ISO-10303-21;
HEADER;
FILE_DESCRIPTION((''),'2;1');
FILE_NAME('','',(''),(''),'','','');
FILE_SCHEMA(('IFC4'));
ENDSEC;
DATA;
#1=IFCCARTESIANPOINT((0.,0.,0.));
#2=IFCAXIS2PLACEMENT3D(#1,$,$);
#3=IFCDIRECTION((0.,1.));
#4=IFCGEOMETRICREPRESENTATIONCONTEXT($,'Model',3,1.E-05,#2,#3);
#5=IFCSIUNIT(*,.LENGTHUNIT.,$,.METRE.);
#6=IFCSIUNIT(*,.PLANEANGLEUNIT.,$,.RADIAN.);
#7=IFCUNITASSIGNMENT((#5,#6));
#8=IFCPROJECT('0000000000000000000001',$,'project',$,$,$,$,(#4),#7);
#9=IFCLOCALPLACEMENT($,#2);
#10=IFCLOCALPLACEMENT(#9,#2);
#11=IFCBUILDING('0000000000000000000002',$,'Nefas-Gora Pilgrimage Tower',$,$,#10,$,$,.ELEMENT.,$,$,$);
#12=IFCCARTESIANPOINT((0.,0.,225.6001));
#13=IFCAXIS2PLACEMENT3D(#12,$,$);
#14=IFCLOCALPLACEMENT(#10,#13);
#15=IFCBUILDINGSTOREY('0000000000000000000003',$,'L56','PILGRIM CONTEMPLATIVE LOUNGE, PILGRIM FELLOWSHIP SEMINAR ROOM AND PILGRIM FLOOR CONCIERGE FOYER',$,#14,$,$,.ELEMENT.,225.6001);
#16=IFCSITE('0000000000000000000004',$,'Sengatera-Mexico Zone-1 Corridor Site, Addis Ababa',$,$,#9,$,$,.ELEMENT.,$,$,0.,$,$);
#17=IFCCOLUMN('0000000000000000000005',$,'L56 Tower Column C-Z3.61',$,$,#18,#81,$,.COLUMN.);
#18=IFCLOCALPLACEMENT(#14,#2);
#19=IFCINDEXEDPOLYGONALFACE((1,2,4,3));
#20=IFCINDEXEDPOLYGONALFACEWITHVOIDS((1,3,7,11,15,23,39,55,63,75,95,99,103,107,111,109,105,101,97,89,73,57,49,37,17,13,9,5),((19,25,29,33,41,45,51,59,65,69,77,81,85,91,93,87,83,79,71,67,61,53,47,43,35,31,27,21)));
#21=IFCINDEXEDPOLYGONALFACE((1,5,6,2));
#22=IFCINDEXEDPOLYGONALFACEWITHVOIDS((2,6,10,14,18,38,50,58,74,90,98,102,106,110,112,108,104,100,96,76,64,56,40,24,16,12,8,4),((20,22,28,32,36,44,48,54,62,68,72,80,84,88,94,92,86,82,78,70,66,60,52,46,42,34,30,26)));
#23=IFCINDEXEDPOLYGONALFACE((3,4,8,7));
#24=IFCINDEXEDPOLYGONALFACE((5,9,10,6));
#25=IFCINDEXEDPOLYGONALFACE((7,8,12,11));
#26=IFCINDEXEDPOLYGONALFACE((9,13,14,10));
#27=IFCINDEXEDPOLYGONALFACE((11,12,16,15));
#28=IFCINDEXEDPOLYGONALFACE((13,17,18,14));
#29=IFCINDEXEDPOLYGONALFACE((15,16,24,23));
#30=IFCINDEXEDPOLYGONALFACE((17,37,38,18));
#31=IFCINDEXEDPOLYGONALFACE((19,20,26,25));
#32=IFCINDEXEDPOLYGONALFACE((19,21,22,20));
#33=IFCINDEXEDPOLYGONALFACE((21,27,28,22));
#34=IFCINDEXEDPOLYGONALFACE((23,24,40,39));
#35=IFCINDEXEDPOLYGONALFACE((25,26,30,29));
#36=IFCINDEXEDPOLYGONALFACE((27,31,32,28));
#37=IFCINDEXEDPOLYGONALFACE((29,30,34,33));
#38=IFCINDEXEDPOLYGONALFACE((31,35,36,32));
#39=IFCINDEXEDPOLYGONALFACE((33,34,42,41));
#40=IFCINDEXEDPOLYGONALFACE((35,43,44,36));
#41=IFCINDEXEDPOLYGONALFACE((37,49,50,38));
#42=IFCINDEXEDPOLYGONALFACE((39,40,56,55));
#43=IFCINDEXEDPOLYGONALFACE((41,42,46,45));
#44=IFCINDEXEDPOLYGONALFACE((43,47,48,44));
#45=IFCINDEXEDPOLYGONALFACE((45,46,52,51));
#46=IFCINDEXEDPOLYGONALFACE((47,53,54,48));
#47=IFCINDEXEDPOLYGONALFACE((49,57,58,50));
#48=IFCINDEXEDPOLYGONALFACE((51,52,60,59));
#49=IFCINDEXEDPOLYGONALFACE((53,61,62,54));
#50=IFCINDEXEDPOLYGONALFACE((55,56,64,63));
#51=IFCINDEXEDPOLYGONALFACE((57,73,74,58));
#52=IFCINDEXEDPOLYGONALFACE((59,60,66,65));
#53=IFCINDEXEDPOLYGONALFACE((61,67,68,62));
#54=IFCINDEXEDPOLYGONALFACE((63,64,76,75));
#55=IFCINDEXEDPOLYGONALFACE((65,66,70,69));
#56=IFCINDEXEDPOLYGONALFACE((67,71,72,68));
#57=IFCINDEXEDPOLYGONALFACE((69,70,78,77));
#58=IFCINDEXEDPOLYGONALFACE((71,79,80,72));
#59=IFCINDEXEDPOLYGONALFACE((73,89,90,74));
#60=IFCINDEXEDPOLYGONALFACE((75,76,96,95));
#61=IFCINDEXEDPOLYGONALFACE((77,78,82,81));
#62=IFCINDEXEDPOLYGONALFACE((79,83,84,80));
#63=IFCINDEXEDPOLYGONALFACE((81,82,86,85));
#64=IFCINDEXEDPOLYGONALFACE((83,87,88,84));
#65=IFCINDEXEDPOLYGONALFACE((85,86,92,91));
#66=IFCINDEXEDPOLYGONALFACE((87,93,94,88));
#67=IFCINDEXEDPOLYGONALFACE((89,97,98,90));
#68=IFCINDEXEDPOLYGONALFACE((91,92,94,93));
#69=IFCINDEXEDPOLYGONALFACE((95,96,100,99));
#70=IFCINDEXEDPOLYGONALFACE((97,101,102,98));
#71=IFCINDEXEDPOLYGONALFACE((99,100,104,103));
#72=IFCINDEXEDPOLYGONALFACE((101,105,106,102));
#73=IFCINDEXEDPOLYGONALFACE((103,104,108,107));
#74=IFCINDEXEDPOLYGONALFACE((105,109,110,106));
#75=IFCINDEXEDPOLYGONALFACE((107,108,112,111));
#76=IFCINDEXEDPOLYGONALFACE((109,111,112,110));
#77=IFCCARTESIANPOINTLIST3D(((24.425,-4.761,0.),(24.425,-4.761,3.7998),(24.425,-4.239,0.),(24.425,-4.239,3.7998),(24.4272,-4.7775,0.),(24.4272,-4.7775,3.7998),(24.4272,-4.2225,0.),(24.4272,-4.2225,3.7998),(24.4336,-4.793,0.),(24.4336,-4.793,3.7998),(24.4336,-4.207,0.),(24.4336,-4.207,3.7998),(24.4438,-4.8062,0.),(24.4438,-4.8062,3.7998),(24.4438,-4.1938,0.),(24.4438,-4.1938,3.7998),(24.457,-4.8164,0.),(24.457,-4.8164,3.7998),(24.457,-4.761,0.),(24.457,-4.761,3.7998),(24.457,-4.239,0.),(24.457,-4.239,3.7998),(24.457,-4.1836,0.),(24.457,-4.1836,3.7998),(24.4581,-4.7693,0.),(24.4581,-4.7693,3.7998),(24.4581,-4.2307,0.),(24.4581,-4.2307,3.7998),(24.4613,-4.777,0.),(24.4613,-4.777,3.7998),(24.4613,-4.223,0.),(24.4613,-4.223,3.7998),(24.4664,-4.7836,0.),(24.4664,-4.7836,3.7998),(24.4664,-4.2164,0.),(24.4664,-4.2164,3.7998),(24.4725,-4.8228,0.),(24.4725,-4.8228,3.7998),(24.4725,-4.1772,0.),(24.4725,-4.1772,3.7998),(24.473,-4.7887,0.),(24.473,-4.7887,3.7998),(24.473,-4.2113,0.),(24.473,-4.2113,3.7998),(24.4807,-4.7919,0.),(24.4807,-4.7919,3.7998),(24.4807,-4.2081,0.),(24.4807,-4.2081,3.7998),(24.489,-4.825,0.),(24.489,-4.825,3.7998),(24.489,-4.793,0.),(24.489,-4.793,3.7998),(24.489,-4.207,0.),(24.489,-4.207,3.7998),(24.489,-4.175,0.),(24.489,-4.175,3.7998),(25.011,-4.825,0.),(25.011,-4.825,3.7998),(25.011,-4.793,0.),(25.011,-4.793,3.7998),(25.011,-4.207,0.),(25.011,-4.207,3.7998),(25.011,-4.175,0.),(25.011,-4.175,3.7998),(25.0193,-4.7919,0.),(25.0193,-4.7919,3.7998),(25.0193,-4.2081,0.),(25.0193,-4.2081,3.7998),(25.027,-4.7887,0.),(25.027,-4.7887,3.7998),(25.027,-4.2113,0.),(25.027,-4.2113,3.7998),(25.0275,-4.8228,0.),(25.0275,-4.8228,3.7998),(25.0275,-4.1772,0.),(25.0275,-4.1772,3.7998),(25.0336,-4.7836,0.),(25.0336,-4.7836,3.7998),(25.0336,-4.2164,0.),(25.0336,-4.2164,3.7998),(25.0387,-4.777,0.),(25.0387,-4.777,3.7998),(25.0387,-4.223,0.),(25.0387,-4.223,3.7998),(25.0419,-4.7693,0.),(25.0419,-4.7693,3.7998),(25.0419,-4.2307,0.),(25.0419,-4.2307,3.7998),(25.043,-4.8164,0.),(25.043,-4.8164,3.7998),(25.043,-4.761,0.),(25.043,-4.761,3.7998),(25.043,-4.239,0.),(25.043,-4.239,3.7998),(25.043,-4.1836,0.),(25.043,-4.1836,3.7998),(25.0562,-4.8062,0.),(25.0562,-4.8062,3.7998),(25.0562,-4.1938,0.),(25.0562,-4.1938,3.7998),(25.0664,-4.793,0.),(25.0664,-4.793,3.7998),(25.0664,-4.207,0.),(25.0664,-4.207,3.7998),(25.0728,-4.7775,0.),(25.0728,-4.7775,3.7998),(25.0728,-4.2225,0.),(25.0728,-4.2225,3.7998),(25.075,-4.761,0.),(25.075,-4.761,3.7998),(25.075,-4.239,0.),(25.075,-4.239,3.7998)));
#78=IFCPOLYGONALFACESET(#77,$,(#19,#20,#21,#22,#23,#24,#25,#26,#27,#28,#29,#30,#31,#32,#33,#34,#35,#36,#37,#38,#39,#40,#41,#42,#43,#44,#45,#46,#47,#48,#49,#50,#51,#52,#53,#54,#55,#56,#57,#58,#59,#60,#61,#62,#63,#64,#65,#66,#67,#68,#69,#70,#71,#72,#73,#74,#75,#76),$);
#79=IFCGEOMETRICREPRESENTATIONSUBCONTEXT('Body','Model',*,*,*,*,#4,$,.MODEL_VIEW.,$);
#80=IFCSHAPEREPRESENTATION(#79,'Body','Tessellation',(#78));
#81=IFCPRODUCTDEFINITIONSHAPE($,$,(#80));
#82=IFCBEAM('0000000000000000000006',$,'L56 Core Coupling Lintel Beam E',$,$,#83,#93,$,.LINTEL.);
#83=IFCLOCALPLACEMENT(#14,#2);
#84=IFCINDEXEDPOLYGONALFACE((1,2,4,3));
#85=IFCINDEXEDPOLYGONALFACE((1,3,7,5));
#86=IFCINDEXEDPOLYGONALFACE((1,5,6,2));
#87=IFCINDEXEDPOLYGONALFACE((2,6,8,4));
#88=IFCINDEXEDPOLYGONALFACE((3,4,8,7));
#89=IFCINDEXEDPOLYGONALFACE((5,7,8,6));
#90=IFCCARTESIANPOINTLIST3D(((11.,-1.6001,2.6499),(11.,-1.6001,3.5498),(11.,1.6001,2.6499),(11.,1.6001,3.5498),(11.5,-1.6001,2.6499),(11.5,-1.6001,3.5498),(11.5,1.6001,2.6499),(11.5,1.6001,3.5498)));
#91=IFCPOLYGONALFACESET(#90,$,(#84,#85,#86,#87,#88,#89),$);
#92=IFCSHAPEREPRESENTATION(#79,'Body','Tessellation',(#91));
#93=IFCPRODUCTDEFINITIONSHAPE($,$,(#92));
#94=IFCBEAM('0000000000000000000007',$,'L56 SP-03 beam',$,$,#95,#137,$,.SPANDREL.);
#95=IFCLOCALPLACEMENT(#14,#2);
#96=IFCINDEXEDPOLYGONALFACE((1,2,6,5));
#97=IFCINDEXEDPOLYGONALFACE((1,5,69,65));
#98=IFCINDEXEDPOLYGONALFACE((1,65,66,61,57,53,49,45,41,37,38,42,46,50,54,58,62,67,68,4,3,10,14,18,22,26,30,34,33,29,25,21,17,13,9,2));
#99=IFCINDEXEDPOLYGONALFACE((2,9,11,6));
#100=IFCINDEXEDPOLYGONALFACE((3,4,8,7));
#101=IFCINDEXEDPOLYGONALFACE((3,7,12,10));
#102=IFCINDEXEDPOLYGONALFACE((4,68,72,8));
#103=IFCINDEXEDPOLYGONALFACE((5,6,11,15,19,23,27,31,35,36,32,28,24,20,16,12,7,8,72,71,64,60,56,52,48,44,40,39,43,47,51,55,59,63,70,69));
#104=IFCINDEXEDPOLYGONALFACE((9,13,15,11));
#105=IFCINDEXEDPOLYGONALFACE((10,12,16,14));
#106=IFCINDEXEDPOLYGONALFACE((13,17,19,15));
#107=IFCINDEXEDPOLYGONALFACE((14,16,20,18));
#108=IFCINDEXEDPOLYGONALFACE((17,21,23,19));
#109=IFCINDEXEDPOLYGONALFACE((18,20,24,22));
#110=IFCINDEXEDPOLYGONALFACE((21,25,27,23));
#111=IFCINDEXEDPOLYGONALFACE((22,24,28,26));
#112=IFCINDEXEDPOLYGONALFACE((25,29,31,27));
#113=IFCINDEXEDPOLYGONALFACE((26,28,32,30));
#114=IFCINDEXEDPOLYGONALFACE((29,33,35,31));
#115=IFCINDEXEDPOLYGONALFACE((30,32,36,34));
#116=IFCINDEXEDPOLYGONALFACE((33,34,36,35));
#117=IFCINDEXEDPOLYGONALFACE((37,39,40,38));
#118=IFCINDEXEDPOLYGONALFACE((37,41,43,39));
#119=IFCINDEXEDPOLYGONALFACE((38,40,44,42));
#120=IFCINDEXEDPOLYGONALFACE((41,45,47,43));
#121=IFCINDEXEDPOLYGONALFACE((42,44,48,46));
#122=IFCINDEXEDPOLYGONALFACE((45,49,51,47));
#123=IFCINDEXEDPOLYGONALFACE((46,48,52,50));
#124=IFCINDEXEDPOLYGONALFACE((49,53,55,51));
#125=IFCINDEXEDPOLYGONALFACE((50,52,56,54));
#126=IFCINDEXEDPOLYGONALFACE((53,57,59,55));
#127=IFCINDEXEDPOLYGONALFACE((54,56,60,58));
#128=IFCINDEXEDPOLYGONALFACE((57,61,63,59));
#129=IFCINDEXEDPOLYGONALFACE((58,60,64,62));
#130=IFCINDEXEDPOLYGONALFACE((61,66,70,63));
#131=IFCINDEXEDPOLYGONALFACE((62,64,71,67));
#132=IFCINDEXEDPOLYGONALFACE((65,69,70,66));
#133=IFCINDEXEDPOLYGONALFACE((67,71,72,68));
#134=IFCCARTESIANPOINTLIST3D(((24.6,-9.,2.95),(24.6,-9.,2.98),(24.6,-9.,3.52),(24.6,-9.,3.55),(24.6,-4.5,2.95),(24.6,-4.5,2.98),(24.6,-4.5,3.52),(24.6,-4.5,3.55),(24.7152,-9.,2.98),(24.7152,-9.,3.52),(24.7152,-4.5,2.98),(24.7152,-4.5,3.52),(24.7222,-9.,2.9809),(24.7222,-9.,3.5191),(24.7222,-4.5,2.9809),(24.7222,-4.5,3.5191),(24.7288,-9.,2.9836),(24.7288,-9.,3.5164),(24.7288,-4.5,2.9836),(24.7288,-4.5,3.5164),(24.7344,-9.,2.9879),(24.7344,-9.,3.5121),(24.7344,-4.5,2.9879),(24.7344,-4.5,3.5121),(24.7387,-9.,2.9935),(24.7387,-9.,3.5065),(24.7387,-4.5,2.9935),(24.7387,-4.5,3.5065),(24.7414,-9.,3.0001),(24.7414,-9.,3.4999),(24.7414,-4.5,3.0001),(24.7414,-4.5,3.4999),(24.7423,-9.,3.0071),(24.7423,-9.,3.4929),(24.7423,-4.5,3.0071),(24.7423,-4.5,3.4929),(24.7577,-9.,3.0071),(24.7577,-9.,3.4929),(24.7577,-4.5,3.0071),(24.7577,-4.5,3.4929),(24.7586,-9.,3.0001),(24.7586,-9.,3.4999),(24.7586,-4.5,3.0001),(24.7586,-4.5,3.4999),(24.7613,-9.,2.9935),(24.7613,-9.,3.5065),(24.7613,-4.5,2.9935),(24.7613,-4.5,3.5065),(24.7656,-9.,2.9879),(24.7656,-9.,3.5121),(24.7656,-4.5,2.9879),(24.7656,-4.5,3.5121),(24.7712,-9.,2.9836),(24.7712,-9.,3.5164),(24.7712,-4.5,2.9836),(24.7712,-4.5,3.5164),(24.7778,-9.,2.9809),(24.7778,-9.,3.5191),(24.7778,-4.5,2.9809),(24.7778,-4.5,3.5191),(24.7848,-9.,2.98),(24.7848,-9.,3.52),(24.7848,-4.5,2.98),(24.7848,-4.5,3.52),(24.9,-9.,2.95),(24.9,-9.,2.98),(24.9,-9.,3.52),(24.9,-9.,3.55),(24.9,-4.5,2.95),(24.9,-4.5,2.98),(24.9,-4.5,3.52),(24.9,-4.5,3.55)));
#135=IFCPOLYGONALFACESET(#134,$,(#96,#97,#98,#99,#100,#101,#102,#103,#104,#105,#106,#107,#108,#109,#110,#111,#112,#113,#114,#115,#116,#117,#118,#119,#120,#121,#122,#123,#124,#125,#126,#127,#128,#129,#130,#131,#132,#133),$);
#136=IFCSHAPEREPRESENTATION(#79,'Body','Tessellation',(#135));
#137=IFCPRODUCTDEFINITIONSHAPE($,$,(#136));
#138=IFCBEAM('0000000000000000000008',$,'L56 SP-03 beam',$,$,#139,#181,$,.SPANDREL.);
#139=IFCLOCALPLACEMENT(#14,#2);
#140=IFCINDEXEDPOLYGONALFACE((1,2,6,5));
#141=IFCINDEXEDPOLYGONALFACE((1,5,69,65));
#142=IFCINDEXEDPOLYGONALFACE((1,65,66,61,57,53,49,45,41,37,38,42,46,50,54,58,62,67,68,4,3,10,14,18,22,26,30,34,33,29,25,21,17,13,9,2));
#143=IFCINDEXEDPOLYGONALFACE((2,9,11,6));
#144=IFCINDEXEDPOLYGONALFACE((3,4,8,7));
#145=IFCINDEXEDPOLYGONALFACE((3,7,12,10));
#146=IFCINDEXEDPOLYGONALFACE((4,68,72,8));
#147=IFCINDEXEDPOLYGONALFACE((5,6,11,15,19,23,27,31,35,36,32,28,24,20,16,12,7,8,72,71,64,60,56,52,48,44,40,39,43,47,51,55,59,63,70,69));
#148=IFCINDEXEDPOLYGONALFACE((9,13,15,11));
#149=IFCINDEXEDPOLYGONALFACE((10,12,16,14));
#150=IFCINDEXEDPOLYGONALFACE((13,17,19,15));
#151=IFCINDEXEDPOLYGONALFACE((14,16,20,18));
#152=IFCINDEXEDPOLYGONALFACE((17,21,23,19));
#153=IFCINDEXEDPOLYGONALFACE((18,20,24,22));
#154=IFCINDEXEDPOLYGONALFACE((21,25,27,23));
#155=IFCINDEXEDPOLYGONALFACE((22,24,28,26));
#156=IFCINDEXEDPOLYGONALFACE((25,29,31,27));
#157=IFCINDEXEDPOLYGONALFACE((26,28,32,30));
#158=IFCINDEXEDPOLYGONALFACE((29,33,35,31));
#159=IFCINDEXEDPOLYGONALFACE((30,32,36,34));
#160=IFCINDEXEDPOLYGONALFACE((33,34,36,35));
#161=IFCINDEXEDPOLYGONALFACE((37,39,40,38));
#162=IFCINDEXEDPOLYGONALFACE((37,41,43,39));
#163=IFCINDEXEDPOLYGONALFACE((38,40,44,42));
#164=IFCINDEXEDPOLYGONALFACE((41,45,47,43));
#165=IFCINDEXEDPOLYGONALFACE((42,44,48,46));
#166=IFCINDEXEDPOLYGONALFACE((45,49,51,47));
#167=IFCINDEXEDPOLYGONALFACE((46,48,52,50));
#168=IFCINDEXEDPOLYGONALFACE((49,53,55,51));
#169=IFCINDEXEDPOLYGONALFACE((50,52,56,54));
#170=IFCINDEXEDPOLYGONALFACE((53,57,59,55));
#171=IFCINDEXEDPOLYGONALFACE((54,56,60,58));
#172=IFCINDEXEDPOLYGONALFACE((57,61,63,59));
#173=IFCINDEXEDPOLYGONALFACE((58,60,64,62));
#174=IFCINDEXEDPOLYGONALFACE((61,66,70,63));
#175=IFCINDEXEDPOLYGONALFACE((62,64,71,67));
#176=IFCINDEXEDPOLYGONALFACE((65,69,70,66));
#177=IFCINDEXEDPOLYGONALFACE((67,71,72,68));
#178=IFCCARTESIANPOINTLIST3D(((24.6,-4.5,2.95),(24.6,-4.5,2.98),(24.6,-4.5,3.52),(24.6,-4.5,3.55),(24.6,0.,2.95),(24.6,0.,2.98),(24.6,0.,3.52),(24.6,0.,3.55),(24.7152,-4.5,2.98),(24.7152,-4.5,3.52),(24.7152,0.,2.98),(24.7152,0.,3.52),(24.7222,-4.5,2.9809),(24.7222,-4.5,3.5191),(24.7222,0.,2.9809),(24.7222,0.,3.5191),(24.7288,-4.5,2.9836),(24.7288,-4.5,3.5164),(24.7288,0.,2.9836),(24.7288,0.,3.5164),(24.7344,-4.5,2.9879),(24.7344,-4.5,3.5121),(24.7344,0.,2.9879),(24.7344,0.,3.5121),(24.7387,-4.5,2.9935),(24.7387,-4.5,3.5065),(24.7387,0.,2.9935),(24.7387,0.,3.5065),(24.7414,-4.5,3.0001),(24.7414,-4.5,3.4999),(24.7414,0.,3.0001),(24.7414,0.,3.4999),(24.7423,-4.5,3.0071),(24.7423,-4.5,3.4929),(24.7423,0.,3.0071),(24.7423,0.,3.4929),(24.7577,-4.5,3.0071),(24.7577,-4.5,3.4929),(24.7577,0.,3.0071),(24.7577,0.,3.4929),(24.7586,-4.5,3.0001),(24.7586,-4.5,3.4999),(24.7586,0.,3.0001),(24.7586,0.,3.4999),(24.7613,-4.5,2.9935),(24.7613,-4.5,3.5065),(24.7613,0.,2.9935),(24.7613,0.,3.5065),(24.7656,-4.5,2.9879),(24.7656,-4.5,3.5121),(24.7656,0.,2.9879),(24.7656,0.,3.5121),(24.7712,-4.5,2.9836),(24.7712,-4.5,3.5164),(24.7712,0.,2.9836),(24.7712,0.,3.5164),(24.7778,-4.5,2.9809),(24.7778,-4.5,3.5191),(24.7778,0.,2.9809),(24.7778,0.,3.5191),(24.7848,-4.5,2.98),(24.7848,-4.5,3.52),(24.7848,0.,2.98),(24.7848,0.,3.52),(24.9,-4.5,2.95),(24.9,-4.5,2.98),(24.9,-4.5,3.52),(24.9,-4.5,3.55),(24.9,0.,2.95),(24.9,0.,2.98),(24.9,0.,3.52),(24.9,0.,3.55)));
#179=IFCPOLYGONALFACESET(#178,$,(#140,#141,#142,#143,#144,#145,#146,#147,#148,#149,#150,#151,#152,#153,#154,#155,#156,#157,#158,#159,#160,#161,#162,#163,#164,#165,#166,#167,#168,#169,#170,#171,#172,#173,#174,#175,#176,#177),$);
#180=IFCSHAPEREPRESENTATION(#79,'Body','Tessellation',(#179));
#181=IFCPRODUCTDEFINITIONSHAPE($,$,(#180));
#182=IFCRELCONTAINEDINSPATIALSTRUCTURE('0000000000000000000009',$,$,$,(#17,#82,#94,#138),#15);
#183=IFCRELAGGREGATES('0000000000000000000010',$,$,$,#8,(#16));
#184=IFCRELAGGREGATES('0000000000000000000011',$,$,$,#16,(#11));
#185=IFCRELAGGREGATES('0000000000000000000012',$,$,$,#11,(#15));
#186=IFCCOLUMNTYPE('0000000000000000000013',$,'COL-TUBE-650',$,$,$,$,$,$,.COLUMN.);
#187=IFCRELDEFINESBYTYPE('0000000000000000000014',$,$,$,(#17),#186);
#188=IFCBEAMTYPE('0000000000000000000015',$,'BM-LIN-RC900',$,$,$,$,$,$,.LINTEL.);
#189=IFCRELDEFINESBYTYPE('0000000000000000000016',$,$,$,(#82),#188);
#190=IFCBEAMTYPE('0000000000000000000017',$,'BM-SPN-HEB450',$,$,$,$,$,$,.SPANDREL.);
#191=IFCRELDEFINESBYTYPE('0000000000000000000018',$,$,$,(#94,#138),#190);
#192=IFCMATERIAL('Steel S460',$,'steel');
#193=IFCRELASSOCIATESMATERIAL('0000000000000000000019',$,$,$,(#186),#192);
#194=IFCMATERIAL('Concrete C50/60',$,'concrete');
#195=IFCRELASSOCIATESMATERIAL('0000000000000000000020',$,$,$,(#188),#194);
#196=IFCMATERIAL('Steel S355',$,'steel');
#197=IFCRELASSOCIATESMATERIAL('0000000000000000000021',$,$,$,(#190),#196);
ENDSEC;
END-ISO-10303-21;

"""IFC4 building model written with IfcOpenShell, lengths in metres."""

from ifc_helpers import new_model, si_unit, direction, frame, origin, origin_2d, place, context, subcontext, project, spatial, rectangle, hollow_rectangle, i_section, extrude, source, transform, mapped, material, material_profile, profile_set, type_object, element, save


model = new_model("IFC4")

# Units and contexts
model_context = context("Model", 3, precision=1e-05, world=origin(), true_north=direction((0.0, 1.0)))
body_context = subcontext(model_context, "Body", "Model", "MODEL_VIEW")
ifc_project = project(units=[si_unit("LENGTHUNIT", "METRE"), si_unit("PLANEANGLEUNIT", "RADIAN")], contexts=[model_context])

# Site, building, storey
site_placement = place(None, origin())
site = spatial("IfcSite", under=ifc_project, at=site_placement, Name="Sengatera-Mexico Zone-1 Corridor Site, Addis Ababa", CompositionType="ELEMENT", RefElevation=0.0)
building_placement = place(site_placement, origin())
building = spatial("IfcBuilding", under=site, at=building_placement, Name="Nefas-Gora Pilgrimage Tower", CompositionType="ELEMENT")
storey_placement = place(building_placement, frame((0.0, 0.0, 225.6001)))
storey = spatial("IfcBuildingStorey", under=building, at=storey_placement, Name="L56", Description="PILGRIM CONTEMPLATIVE LOUNGE, PILGRIM FELLOWSHIP SEMINAR ROOM AND PILGRIM FLOOR CONCIERGE FOYER", CompositionType="ELEMENT", Elevation=225.6001)

# Column
ifc_material_1 = material(Name="Steel S460", Category="steel")
ifc_material_profile_1 = material_profile(ifc_material_1, hollow_rectangle(XDim=0.6499, YDim=0.6499, WallThickness=0.032, InnerFilletRadius=0.032, OuterFilletRadius=0.064, at=origin_2d()), Name="BOX 650x650x32")
ifc_profile_set_1 = profile_set([ifc_material_profile_1], Name="Steel S460")
column_type_1 = type_object("IfcColumnType", Name="COL-TUBE-650", PredefinedType="COLUMN", material=ifc_profile_set_1)
shared_shape_1 = source(origin(), body_context, "Body", "SweptSolid", [
    extrude(hollow_rectangle(XDim=0.6499, YDim=0.6499, WallThickness=0.032, InnerFilletRadius=0.032, OuterFilletRadius=0.064, at=origin_2d()), origin(), (0.0, 0.0, 1.0), 3.7998),
])
for number, where, z_axis, x_axis, name in (
    (1, (24.75, -4.5, 0.0), (0.0, 0.0, 1.0), (1.0, 0.0, 0.0), "L56 Tower Column C-Z3.61"),
):
    element("IfcColumn", number, at=place(storey_placement, frame(where, z_axis=z_axis, x_axis=x_axis)), inside=storey, type_object=column_type_1, Name=name, PredefinedType="COLUMN", context=body_context, shape_type="MappedRepresentation", body=[
        mapped(shared_shape_1, transform((0.0, 0.0, 0.0), x_axis=(1.0, 0.0, 0.0), y_axis=(0.0, 1.0, 0.0), z_axis=(0.0, 0.0, 1.0), scale=1.0)),
    ])

# Beams
ifc_material_2 = material(Name="Concrete C50/60", Category="concrete")
ifc_material_profile_2 = material_profile(ifc_material_2, rectangle(XDim=0.5, YDim=0.8999, at=origin_2d()), Name="RC 500x900")
ifc_profile_set_2 = profile_set([ifc_material_profile_2], Name="Concrete C50/60")
beam_type_1 = type_object("IfcBeamType", Name="BM-LIN-RC900", PredefinedType="LINTEL", material=ifc_profile_set_2)
shared_shape_2 = source(origin(), body_context, "Body", "SweptSolid", [
    extrude(rectangle(XDim=0.5, YDim=0.8999, at=origin_2d()), origin(), (0.0, 0.0, 1.0), 3.2002),
])
beam_placement = place(storey_placement, frame((11.25, -1.6001, 3.0999), z_axis=(0.0, 1.0, 0.0), x_axis=(-1.0, 0.0, 0.0)))
element("IfcBeam", 2, at=beam_placement, inside=storey, type_object=beam_type_1, Name="L56 Core Coupling Lintel Beam E", PredefinedType="LINTEL", context=body_context, shape_type="MappedRepresentation", body=[
    mapped(shared_shape_2, transform((0.0, 0.0, 0.0), x_axis=(1.0, 0.0, 0.0), y_axis=(0.0, 1.0, 0.0), z_axis=(0.0, 0.0, 1.0), scale=1.0)),
])
ifc_material_3 = material(Name="Steel S355", Category="steel")
ifc_material_profile_3 = material_profile(ifc_material_3, i_section(OverallWidth=0.3, OverallDepth=0.6001, WebThickness=0.0154, FlangeThickness=0.03, FilletRadius=0.0271, at=origin_2d()), Name="HEB 600")
ifc_profile_set_3 = profile_set([ifc_material_profile_3], Name="Steel S355")
beam_type_2 = type_object("IfcBeamType", Name="BM-SPN-HEB450", PredefinedType="SPANDREL", material=ifc_profile_set_3)
shared_shape_3 = source(origin(), body_context, "Body", "SweptSolid", [
    extrude(i_section(OverallWidth=0.3, OverallDepth=0.6001, WebThickness=0.0154, FlangeThickness=0.03, FilletRadius=0.0271, at=origin_2d()), origin(), (0.0, 0.0, 1.0), 4.5),
])
for number, where, z_axis, x_axis, name in (
    (3, (24.75, -9.0, 3.25), (0.0, 1.0, 0.0), (-1.0, 0.0, 0.0), "L56 SP-03 beam"),
    (4, (24.75, -4.5, 3.25), (0.0, 1.0, 0.0), (-1.0, 0.0, 0.0), "L56 SP-03 beam"),
):
    element("IfcBeam", number, at=place(storey_placement, frame(where, z_axis=z_axis, x_axis=x_axis)), inside=storey, type_object=beam_type_2, Name=name, PredefinedType="SPANDREL", context=body_context, shape_type="MappedRepresentation", body=[
        mapped(shared_shape_3, transform((0.0, 0.0, 0.0), x_axis=(1.0, 0.0, 0.0), y_axis=(0.0, 1.0, 0.0), z_axis=(0.0, 0.0, 1.0), scale=1.0)),
    ])

save(model, "model.ifc")
